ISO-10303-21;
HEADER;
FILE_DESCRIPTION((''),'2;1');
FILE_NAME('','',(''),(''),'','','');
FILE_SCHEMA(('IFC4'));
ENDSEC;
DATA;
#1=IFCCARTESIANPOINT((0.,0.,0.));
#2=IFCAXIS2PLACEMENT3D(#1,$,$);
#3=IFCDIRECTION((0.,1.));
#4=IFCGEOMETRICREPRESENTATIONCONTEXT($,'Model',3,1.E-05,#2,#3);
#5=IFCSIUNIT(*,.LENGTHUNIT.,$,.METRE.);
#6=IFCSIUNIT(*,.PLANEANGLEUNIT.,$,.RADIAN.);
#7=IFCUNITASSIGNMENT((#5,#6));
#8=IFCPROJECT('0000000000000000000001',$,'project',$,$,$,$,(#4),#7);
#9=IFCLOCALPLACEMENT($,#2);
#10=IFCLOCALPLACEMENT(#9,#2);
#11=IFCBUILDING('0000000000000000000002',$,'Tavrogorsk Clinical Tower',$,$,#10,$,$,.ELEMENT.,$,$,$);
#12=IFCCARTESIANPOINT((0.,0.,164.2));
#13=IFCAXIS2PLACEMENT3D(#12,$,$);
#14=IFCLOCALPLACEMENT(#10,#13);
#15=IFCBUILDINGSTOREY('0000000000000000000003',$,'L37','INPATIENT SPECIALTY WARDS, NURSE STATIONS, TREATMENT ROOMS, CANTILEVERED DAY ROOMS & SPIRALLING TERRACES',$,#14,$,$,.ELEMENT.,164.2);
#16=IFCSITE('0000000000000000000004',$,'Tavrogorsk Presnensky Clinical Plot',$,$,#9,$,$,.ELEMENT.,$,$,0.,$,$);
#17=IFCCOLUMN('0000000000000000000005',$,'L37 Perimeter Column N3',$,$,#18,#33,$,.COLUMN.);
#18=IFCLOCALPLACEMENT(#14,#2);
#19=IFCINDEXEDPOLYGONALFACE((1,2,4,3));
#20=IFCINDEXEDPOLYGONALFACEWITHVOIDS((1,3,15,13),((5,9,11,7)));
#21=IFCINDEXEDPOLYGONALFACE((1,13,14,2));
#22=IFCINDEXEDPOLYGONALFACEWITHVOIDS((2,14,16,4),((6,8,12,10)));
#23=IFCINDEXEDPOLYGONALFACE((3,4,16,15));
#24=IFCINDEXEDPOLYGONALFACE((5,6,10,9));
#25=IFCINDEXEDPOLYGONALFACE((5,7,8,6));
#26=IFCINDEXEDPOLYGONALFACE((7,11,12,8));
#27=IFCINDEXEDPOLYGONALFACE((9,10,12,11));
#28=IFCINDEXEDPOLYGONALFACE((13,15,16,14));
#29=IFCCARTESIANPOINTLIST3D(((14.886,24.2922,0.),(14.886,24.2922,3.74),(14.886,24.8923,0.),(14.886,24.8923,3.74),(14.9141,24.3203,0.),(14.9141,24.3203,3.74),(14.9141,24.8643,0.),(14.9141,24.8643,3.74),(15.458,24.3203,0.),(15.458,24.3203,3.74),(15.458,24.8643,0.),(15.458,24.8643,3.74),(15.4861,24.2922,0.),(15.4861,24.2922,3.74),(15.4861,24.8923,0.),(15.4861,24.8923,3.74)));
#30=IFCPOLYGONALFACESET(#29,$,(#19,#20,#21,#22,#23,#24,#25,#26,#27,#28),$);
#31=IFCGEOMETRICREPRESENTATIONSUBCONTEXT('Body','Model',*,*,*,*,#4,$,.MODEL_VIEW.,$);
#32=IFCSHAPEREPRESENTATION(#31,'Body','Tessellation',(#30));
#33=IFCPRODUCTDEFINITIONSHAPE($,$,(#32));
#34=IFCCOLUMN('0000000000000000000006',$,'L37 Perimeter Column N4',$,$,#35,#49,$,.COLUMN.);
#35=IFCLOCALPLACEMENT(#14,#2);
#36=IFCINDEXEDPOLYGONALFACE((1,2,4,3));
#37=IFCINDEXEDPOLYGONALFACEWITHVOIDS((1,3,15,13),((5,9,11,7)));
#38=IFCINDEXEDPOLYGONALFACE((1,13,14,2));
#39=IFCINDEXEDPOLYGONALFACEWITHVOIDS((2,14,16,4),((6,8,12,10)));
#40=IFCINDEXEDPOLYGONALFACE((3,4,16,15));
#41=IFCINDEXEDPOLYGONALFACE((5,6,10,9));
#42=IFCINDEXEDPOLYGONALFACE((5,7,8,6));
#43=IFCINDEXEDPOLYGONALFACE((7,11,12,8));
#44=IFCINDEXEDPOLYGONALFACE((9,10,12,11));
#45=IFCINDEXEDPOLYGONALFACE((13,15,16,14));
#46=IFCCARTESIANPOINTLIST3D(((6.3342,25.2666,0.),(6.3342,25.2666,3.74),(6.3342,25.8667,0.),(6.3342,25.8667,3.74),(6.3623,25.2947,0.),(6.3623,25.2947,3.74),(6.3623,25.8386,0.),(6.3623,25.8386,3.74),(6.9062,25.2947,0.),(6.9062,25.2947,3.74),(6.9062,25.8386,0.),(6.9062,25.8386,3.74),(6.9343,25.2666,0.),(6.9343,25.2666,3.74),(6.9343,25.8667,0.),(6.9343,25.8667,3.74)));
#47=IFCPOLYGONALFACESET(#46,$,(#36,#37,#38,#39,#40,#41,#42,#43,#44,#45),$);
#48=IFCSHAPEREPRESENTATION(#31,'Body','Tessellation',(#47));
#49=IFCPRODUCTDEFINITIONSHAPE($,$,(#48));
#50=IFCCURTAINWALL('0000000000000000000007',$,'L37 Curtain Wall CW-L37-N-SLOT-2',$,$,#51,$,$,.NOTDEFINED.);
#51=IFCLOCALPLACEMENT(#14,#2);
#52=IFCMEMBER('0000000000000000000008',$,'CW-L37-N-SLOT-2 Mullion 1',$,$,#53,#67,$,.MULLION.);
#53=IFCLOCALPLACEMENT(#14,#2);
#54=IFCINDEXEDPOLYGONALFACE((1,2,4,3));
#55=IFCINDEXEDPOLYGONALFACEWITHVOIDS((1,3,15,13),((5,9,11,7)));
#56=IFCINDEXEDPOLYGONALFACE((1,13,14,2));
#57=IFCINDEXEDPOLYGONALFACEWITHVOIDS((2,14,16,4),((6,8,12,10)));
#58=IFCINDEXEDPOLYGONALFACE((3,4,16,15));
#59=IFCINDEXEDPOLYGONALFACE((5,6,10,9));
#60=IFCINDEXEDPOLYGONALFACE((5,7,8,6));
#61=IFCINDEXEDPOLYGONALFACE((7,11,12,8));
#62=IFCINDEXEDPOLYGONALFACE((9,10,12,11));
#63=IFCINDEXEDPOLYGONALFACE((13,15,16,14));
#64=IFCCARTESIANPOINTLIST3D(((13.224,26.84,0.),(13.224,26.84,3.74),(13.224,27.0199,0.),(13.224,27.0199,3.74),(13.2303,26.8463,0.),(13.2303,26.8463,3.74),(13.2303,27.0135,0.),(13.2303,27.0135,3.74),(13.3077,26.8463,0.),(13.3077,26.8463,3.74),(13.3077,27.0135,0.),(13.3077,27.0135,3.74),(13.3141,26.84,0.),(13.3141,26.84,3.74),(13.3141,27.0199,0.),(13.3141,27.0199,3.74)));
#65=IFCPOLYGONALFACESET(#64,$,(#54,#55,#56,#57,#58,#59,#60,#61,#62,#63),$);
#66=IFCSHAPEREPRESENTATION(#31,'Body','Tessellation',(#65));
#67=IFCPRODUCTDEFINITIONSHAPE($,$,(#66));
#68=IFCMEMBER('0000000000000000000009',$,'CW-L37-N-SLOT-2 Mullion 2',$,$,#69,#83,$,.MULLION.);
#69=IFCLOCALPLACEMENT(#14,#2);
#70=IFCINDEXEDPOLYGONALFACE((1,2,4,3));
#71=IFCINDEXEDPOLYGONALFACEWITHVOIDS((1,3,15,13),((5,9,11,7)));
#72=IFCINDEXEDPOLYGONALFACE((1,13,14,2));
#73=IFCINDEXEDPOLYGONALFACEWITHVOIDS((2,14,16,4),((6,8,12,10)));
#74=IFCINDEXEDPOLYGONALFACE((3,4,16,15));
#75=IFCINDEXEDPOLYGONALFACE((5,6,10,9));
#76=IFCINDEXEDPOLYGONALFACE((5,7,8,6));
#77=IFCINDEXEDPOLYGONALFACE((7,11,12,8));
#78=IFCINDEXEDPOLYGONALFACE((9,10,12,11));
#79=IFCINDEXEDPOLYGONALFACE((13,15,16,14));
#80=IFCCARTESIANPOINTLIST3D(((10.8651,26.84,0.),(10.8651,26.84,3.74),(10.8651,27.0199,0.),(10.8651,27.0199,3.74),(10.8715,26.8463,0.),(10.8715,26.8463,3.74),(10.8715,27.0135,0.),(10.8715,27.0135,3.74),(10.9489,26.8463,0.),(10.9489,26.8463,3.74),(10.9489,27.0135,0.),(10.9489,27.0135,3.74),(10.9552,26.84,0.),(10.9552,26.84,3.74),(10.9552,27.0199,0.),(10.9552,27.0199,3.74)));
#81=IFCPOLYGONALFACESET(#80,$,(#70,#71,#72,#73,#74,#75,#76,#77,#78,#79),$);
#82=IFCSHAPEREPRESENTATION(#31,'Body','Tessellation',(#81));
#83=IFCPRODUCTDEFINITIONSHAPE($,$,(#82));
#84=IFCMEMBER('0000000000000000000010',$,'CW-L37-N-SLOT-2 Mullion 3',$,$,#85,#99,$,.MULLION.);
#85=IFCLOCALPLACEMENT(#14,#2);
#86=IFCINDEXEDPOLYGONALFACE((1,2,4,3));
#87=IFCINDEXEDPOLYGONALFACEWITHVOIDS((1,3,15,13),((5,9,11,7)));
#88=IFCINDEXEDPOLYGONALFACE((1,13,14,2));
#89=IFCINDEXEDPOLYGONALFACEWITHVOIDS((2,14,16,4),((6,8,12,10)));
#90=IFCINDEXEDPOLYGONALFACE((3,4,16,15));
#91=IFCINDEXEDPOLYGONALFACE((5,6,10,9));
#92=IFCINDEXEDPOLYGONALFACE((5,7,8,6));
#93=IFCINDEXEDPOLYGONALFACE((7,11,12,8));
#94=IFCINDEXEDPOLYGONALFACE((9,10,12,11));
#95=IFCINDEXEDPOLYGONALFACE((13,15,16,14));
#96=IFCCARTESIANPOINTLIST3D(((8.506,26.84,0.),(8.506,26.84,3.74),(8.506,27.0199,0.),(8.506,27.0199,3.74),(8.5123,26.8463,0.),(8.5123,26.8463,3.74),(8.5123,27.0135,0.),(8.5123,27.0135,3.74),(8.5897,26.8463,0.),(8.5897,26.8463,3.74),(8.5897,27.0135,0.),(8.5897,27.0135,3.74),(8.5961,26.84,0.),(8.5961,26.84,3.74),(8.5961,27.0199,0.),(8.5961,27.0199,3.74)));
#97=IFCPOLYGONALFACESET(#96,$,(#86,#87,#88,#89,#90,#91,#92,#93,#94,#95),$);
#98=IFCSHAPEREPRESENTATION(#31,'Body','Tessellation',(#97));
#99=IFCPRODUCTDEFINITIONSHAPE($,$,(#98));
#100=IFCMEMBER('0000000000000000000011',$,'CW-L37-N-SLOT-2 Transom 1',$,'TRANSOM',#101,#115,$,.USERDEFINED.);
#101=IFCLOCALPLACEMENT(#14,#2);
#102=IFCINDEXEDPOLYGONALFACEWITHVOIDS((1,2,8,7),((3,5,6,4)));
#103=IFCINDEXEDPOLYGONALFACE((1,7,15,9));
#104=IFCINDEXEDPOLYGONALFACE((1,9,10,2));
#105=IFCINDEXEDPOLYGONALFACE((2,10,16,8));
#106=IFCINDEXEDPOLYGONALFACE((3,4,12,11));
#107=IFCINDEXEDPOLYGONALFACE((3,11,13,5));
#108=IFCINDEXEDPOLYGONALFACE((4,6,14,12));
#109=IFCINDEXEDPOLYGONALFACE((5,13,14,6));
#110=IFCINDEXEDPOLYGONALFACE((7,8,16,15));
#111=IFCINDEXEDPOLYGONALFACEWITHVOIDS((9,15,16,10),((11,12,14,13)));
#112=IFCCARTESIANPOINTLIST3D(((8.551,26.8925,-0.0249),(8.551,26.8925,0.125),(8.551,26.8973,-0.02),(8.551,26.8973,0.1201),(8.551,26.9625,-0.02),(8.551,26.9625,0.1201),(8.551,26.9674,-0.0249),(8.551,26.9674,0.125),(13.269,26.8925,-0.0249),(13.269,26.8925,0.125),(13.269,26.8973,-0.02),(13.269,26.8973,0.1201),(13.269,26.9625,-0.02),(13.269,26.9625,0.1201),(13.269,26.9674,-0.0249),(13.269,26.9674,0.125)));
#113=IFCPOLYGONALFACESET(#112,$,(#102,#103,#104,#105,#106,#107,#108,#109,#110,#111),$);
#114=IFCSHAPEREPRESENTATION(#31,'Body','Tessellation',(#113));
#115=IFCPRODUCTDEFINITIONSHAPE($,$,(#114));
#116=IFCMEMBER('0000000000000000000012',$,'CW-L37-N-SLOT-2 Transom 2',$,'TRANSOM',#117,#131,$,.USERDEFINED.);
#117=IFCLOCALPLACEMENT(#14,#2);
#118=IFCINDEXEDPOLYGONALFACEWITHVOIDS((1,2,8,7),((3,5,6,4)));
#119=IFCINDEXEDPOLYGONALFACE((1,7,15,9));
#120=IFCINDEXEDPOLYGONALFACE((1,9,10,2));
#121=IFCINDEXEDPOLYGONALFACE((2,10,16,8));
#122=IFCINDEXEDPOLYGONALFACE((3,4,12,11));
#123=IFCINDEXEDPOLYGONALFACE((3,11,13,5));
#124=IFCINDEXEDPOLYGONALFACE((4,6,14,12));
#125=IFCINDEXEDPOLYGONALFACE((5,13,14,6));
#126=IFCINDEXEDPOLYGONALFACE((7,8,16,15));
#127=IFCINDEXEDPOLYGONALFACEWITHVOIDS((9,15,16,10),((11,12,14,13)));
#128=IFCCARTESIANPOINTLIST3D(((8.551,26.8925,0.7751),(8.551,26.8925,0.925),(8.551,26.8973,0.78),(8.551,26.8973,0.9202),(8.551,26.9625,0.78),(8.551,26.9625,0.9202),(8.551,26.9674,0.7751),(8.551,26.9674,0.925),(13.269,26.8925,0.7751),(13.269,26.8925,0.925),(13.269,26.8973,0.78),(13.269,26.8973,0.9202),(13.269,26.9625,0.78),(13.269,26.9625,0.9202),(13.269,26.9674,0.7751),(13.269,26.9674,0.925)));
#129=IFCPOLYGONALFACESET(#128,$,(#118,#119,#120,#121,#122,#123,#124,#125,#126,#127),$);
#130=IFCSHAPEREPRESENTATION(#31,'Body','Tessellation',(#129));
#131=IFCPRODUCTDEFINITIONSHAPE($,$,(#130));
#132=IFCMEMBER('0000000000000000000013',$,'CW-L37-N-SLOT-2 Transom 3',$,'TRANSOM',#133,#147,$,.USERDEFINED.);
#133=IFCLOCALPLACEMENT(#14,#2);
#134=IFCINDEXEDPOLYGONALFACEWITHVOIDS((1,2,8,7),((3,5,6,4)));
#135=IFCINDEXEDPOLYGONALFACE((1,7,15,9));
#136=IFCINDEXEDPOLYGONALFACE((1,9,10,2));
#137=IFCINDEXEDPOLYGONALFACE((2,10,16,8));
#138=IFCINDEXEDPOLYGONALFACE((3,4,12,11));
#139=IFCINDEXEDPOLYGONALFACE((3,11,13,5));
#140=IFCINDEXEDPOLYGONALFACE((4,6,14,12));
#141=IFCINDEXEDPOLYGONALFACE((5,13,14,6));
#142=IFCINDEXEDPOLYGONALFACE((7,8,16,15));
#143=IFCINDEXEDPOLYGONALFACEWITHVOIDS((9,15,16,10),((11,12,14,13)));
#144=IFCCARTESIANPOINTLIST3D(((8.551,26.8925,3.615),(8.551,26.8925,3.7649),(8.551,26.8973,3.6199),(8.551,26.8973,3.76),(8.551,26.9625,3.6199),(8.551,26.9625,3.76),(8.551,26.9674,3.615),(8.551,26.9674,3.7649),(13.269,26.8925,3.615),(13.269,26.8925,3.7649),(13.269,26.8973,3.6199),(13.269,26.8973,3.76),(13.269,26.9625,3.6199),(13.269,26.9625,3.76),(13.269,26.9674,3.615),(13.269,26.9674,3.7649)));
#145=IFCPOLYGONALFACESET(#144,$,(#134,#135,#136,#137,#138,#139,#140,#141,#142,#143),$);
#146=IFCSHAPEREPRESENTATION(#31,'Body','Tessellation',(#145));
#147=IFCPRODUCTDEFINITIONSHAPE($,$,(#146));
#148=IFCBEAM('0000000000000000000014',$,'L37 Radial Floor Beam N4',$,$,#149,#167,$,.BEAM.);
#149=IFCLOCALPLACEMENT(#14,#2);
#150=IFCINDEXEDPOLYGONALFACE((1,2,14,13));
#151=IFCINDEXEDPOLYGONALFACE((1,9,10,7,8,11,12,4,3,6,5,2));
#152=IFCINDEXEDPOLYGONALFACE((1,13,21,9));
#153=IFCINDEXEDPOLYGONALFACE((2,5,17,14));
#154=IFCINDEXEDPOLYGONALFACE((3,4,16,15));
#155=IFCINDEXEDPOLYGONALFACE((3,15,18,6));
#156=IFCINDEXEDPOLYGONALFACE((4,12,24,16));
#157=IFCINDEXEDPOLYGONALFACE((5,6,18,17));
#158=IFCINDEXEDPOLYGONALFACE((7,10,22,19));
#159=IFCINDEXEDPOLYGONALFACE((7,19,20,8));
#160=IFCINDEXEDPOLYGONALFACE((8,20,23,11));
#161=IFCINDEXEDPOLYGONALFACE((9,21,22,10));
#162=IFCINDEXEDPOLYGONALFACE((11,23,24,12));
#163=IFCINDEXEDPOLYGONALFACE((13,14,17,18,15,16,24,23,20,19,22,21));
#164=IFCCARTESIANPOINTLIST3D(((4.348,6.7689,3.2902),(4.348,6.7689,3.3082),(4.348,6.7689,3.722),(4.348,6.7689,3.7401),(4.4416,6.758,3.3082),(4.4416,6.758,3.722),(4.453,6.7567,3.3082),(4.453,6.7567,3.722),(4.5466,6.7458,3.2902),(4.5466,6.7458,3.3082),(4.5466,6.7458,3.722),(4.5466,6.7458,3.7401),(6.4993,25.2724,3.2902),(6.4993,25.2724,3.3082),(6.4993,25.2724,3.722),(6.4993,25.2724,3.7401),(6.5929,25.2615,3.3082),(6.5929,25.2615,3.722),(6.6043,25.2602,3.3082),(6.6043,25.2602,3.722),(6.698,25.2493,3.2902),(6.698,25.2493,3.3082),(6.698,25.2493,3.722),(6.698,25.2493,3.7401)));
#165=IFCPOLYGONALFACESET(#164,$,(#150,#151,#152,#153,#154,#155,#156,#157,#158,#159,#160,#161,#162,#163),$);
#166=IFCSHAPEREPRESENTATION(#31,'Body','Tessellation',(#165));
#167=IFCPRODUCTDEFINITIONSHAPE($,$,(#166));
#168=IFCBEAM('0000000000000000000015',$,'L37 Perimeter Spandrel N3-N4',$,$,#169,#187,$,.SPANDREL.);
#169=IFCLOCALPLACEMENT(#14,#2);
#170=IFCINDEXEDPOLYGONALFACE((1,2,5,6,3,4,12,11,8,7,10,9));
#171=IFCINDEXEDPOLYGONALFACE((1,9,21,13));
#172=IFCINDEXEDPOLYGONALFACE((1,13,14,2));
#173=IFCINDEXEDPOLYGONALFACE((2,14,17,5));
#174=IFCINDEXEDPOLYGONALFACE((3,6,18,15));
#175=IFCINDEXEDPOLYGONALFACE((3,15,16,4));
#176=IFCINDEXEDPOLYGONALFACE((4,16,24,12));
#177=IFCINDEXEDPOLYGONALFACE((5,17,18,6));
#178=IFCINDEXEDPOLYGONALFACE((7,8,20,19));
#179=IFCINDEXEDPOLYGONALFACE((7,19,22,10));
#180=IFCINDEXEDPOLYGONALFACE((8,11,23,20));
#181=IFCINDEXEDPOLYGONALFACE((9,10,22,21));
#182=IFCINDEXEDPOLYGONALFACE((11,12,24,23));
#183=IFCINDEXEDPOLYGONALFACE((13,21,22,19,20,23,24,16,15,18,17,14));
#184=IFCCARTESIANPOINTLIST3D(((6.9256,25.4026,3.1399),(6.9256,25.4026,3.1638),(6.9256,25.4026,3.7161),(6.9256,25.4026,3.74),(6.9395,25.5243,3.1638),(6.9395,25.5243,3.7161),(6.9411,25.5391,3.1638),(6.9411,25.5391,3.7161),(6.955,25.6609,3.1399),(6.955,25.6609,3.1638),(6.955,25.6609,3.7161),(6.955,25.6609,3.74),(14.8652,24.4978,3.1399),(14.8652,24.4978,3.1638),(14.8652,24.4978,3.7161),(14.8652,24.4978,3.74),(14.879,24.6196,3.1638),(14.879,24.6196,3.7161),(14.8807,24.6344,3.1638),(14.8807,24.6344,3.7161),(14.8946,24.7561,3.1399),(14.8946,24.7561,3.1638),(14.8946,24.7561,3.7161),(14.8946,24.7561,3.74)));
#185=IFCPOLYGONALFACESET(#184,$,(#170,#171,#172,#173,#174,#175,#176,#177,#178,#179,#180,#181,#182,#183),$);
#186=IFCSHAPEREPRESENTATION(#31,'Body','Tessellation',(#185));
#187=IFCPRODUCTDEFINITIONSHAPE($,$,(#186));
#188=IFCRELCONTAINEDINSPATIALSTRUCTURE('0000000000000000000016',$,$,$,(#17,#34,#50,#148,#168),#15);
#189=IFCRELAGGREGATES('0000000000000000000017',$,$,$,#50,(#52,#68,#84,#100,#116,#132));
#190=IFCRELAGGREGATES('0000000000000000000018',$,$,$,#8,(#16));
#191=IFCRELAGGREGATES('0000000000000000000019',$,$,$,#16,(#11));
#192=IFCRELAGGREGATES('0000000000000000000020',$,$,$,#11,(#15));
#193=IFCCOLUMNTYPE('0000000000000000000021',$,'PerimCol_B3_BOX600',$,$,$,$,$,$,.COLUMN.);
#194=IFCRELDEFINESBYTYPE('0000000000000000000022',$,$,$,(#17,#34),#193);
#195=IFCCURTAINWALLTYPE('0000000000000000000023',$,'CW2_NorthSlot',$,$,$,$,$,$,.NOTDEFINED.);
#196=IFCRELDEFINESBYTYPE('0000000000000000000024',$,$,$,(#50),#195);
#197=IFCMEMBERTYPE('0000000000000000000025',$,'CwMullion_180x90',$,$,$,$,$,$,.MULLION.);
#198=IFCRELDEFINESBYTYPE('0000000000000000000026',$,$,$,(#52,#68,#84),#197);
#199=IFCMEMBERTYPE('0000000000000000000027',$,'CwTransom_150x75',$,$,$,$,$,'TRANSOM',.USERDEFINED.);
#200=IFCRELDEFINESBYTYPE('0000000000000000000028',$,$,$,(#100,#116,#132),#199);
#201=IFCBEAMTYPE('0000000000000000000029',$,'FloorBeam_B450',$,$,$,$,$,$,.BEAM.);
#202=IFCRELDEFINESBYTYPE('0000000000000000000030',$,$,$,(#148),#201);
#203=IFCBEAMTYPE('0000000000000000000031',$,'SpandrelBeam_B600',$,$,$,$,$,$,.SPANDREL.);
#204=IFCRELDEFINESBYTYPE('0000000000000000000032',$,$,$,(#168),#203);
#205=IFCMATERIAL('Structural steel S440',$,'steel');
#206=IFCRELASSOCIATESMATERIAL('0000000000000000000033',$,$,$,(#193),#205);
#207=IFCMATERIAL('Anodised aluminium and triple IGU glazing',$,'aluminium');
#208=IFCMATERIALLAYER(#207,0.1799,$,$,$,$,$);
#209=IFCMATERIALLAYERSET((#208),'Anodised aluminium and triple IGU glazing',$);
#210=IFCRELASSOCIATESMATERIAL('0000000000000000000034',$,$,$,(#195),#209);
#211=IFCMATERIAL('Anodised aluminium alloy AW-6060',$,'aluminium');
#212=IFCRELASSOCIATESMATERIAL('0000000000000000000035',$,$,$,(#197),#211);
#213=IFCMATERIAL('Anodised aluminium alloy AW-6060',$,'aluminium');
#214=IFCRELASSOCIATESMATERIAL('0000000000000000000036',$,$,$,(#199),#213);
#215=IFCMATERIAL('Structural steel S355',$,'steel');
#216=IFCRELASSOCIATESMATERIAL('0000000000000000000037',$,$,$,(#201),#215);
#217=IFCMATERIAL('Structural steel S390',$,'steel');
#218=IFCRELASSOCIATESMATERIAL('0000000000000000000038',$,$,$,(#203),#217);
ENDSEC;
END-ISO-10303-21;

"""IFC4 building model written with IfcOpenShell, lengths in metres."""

from ifc_helpers import new_model, si_unit, direction, frame, origin, origin_2d, place, context, subcontext, project, spatial, hollow_rectangle, i_section, extrude, material, layer, layer_set, material_profile, profile_set, type_object, element, aggregate, save


model = new_model("IFC4")

# Units and contexts
model_context = context("Model", 3, precision=1e-05, world=origin(), true_north=direction((0.0, 1.0)))
body_context = subcontext(model_context, "Body", "Model", "MODEL_VIEW")
ifc_project = project(units=[si_unit("LENGTHUNIT", "METRE"), si_unit("PLANEANGLEUNIT", "RADIAN")], contexts=[model_context])

# Site, building, storey
site_placement = place(None, origin())
site = spatial("IfcSite", under=ifc_project, at=site_placement, Name="Tavrogorsk Presnensky Clinical Plot", CompositionType="ELEMENT", RefElevation=0.0)
building_placement = place(site_placement, origin())
building = spatial("IfcBuilding", under=site, at=building_placement, Name="Tavrogorsk Clinical Tower", CompositionType="ELEMENT")
storey_placement = place(building_placement, frame((0.0, 0.0, 164.2)))
storey = spatial("IfcBuildingStorey", under=building, at=storey_placement, Name="L37", Description="INPATIENT SPECIALTY WARDS, NURSE STATIONS, TREATMENT ROOMS, CANTILEVERED DAY ROOMS & SPIRALLING TERRACES", CompositionType="ELEMENT", Elevation=164.2)

# Columns
ifc_material_1 = material(Name="Structural steel S440", Category="steel")
ifc_material_profile_1 = material_profile(ifc_material_1, hollow_rectangle(XDim=0.6001, YDim=0.6001, WallThickness=0.0281, at=origin_2d()), Name="BOX-600x600x28")
ifc_profile_set_1 = profile_set([ifc_material_profile_1], Name="Structural steel S440")
column_type = type_object("IfcColumnType", Name="PerimCol_B3_BOX600", PredefinedType="COLUMN", material=ifc_profile_set_1)
for number, where, z_axis, x_axis, name in (
    (1, (15.186, 24.5923, 0.0), (0.0, 0.0, 1.0), (1.0, 0.0, 0.0), "L37 Perimeter Column N3"),
    (2, (6.6343, 25.5667, 0.0), (0.0, 0.0, 1.0), (1.0, 0.0, 0.0), "L37 Perimeter Column N4"),
):
    element("IfcColumn", number, at=place(storey_placement, frame(where, z_axis=z_axis, x_axis=x_axis)), inside=storey, type_object=column_type, Name=name, PredefinedType="COLUMN", context=body_context, shape_type="SweptSolid", body=[
        extrude(hollow_rectangle(XDim=0.6001, YDim=0.6001, WallThickness=0.0281, at=origin_2d()), origin(), (0.0, 0.0, 1.0), 3.74),
    ])

# Curtain wall, members
ifc_material_2 = material(Name="Anodised aluminium and triple IGU glazing", Category="aluminium")
ifc_layer_1 = layer(ifc_material_2, 0.1799)
ifc_layer_set_1 = layer_set([ifc_layer_1], Name="Anodised aluminium and triple IGU glazing")
curtain_wall_type = type_object("IfcCurtainWallType", Name="CW2_NorthSlot", PredefinedType="NOTDEFINED", material=ifc_layer_set_1)
curtain_wall_placement = place(storey_placement, origin())
curtain_wall = element("IfcCurtainWall", 3, at=curtain_wall_placement, inside=storey, type_object=curtain_wall_type, Name="L37 Curtain Wall CW-L37-N-SLOT-2", PredefinedType="NOTDEFINED")
ifc_material_3 = material(Name="Anodised aluminium alloy AW-6060", Category="aluminium")
ifc_material_profile_2 = material_profile(ifc_material_3, hollow_rectangle(XDim=0.0901, YDim=0.1799, WallThickness=0.0063, at=origin_2d()), Name="RHS-180x90x6.3")
ifc_profile_set_2 = profile_set([ifc_material_profile_2], Name="Anodised aluminium alloy AW-6060")
member_type_1 = type_object("IfcMemberType", Name="CwMullion_180x90", PredefinedType="MULLION", material=ifc_profile_set_2)
member_1_placement = place(storey_placement, frame((13.269, 26.9299, 0.0), z_axis=(0.0, 0.0, 1.0), x_axis=(-1.0, 0.0, 0.0)))
member_1 = element("IfcMember", 4, at=member_1_placement, type_object=member_type_1, Name="CW-L37-N-SLOT-2 Mullion 1", PredefinedType="MULLION", context=body_context, shape_type="SweptSolid", body=[
    extrude(hollow_rectangle(XDim=0.0901, YDim=0.1799, WallThickness=0.0063, at=origin_2d()), origin(), (0.0, 0.0, 1.0), 3.74),
])
member_2_placement = place(storey_placement, frame((10.9102, 26.9299, 0.0), z_axis=(0.0, 0.0, 1.0), x_axis=(-1.0, 0.0, 0.0)))
member_2 = element("IfcMember", 5, at=member_2_placement, type_object=member_type_1, Name="CW-L37-N-SLOT-2 Mullion 2", PredefinedType="MULLION", context=body_context, shape_type="SweptSolid", body=[
    extrude(hollow_rectangle(XDim=0.0901, YDim=0.1799, WallThickness=0.0063, at=origin_2d()), origin(), (0.0, 0.0, 1.0), 3.74),
])
member_3_placement = place(storey_placement, frame((8.551, 26.9299, 0.0), z_axis=(0.0, 0.0, 1.0), x_axis=(-1.0, 0.0, 0.0)))
member_3 = element("IfcMember", 6, at=member_3_placement, type_object=member_type_1, Name="CW-L37-N-SLOT-2 Mullion 3", PredefinedType="MULLION", context=body_context, shape_type="SweptSolid", body=[
    extrude(hollow_rectangle(XDim=0.0901, YDim=0.1799, WallThickness=0.0063, at=origin_2d()), origin(), (0.0, 0.0, 1.0), 3.74),
])
ifc_material_4 = material(Name="Anodised aluminium alloy AW-6060", Category="aluminium")
ifc_material_profile_3 = material_profile(ifc_material_4, hollow_rectangle(XDim=0.075, YDim=0.1499, WallThickness=0.0049, at=origin_2d()), Name="RHS-150x75x5")
ifc_profile_set_3 = profile_set([ifc_material_profile_3], Name="Anodised aluminium alloy AW-6060")
member_type_2 = type_object("IfcMemberType", Name="CwTransom_150x75", ElementType="TRANSOM", PredefinedType="USERDEFINED", material=ifc_profile_set_3)
member_4_placement = place(storey_placement, frame((13.269, 26.9299, 0.05), z_axis=(-1.0, 0.0, 0.0), x_axis=(0.0, -1.0, 0.0)))
member_4 = element("IfcMember", 7, at=member_4_placement, type_object=member_type_2, Name="CW-L37-N-SLOT-2 Transom 1", ObjectType="TRANSOM", PredefinedType="USERDEFINED", context=body_context, shape_type="SweptSolid", body=[
    extrude(hollow_rectangle(XDim=0.075, YDim=0.1499, WallThickness=0.0049, at=origin_2d()), origin(), (0.0, 0.0, 1.0), 4.718),
])
member_5_placement = place(storey_placement, frame((13.269, 26.9299, 0.8501), z_axis=(-1.0, 0.0, 0.0), x_axis=(0.0, -1.0, 0.0)))
member_5 = element("IfcMember", 8, at=member_5_placement, type_object=member_type_2, Name="CW-L37-N-SLOT-2 Transom 2", ObjectType="TRANSOM", PredefinedType="USERDEFINED", context=body_context, shape_type="SweptSolid", body=[
    extrude(hollow_rectangle(XDim=0.075, YDim=0.1499, WallThickness=0.0049, at=origin_2d()), origin(), (0.0, 0.0, 1.0), 4.718),
])
member_6_placement = place(storey_placement, frame((13.269, 26.9299, 3.6899), z_axis=(-1.0, 0.0, 0.0), x_axis=(0.0, -1.0, 0.0)))
member_6 = element("IfcMember", 9, at=member_6_placement, type_object=member_type_2, Name="CW-L37-N-SLOT-2 Transom 3", ObjectType="TRANSOM", PredefinedType="USERDEFINED", context=body_context, shape_type="SweptSolid", body=[
    extrude(hollow_rectangle(XDim=0.075, YDim=0.1499, WallThickness=0.0049, at=origin_2d()), origin(), (0.0, 0.0, 1.0), 4.718),
])

# Beams
ifc_material_5 = material(Name="Structural steel S355", Category="steel")
ifc_material_profile_4 = material_profile(ifc_material_5, i_section(OverallWidth=0.2, OverallDepth=0.45, WebThickness=0.0115, FlangeThickness=0.0181, at=origin_2d()), Name="B-450x200x11.5x18")
ifc_profile_set_4 = profile_set([ifc_material_profile_4], Name="Structural steel S355")
beam_type_1 = type_object("IfcBeamType", Name="FloorBeam_B450", PredefinedType="BEAM", material=ifc_profile_set_4)
beam_1_placement = place(storey_placement, frame((4.4473, 6.7573, 3.5151), z_axis=(0.115491, 0.993309, 0.0), x_axis=(-0.993309, 0.115491, 0.0)))
element("IfcBeam", 10, at=beam_1_placement, inside=storey, type_object=beam_type_1, Name="L37 Radial Floor Beam N4", PredefinedType="BEAM", context=body_context, shape_type="SweptSolid", body=[
    extrude(i_section(OverallWidth=0.2, OverallDepth=0.45, WebThickness=0.0115, FlangeThickness=0.0181, at=origin_2d()), origin(), (0.0, 0.0, 1.0), 18.6282),
])
ifc_material_6 = material(Name="Structural steel S390", Category="steel")
ifc_material_profile_5 = material_profile(ifc_material_6, i_section(OverallWidth=0.26, OverallDepth=0.6001, WebThickness=0.0149, FlangeThickness=0.0239, at=origin_2d()), Name="B-600x260x15x24")
ifc_profile_set_5 = profile_set([ifc_material_profile_5], Name="Structural steel S390")
beam_type_2 = type_object("IfcBeamType", Name="SpandrelBeam_B600", PredefinedType="SPANDREL", material=ifc_profile_set_5)
beam_2_placement = place(storey_placement, frame((14.8799, 24.627, 3.4399), z_axis=(-0.993569, 0.113224, 0.0), x_axis=(-0.113224, -0.993569, 0.0)))
element("IfcBeam", 11, at=beam_2_placement, inside=storey, type_object=beam_type_2, Name="L37 Perimeter Spandrel N3-N4", PredefinedType="SPANDREL", context=body_context, shape_type="SweptSolid", body=[
    extrude(i_section(OverallWidth=0.26, OverallDepth=0.6001, WebThickness=0.0149, FlangeThickness=0.0239, at=origin_2d()), origin(), (0.0, 0.0, 1.0), 7.991),
])

aggregate(curtain_wall, [member_1, member_2, member_3, member_4, member_5, member_6])

save(model, "model.ifc")
